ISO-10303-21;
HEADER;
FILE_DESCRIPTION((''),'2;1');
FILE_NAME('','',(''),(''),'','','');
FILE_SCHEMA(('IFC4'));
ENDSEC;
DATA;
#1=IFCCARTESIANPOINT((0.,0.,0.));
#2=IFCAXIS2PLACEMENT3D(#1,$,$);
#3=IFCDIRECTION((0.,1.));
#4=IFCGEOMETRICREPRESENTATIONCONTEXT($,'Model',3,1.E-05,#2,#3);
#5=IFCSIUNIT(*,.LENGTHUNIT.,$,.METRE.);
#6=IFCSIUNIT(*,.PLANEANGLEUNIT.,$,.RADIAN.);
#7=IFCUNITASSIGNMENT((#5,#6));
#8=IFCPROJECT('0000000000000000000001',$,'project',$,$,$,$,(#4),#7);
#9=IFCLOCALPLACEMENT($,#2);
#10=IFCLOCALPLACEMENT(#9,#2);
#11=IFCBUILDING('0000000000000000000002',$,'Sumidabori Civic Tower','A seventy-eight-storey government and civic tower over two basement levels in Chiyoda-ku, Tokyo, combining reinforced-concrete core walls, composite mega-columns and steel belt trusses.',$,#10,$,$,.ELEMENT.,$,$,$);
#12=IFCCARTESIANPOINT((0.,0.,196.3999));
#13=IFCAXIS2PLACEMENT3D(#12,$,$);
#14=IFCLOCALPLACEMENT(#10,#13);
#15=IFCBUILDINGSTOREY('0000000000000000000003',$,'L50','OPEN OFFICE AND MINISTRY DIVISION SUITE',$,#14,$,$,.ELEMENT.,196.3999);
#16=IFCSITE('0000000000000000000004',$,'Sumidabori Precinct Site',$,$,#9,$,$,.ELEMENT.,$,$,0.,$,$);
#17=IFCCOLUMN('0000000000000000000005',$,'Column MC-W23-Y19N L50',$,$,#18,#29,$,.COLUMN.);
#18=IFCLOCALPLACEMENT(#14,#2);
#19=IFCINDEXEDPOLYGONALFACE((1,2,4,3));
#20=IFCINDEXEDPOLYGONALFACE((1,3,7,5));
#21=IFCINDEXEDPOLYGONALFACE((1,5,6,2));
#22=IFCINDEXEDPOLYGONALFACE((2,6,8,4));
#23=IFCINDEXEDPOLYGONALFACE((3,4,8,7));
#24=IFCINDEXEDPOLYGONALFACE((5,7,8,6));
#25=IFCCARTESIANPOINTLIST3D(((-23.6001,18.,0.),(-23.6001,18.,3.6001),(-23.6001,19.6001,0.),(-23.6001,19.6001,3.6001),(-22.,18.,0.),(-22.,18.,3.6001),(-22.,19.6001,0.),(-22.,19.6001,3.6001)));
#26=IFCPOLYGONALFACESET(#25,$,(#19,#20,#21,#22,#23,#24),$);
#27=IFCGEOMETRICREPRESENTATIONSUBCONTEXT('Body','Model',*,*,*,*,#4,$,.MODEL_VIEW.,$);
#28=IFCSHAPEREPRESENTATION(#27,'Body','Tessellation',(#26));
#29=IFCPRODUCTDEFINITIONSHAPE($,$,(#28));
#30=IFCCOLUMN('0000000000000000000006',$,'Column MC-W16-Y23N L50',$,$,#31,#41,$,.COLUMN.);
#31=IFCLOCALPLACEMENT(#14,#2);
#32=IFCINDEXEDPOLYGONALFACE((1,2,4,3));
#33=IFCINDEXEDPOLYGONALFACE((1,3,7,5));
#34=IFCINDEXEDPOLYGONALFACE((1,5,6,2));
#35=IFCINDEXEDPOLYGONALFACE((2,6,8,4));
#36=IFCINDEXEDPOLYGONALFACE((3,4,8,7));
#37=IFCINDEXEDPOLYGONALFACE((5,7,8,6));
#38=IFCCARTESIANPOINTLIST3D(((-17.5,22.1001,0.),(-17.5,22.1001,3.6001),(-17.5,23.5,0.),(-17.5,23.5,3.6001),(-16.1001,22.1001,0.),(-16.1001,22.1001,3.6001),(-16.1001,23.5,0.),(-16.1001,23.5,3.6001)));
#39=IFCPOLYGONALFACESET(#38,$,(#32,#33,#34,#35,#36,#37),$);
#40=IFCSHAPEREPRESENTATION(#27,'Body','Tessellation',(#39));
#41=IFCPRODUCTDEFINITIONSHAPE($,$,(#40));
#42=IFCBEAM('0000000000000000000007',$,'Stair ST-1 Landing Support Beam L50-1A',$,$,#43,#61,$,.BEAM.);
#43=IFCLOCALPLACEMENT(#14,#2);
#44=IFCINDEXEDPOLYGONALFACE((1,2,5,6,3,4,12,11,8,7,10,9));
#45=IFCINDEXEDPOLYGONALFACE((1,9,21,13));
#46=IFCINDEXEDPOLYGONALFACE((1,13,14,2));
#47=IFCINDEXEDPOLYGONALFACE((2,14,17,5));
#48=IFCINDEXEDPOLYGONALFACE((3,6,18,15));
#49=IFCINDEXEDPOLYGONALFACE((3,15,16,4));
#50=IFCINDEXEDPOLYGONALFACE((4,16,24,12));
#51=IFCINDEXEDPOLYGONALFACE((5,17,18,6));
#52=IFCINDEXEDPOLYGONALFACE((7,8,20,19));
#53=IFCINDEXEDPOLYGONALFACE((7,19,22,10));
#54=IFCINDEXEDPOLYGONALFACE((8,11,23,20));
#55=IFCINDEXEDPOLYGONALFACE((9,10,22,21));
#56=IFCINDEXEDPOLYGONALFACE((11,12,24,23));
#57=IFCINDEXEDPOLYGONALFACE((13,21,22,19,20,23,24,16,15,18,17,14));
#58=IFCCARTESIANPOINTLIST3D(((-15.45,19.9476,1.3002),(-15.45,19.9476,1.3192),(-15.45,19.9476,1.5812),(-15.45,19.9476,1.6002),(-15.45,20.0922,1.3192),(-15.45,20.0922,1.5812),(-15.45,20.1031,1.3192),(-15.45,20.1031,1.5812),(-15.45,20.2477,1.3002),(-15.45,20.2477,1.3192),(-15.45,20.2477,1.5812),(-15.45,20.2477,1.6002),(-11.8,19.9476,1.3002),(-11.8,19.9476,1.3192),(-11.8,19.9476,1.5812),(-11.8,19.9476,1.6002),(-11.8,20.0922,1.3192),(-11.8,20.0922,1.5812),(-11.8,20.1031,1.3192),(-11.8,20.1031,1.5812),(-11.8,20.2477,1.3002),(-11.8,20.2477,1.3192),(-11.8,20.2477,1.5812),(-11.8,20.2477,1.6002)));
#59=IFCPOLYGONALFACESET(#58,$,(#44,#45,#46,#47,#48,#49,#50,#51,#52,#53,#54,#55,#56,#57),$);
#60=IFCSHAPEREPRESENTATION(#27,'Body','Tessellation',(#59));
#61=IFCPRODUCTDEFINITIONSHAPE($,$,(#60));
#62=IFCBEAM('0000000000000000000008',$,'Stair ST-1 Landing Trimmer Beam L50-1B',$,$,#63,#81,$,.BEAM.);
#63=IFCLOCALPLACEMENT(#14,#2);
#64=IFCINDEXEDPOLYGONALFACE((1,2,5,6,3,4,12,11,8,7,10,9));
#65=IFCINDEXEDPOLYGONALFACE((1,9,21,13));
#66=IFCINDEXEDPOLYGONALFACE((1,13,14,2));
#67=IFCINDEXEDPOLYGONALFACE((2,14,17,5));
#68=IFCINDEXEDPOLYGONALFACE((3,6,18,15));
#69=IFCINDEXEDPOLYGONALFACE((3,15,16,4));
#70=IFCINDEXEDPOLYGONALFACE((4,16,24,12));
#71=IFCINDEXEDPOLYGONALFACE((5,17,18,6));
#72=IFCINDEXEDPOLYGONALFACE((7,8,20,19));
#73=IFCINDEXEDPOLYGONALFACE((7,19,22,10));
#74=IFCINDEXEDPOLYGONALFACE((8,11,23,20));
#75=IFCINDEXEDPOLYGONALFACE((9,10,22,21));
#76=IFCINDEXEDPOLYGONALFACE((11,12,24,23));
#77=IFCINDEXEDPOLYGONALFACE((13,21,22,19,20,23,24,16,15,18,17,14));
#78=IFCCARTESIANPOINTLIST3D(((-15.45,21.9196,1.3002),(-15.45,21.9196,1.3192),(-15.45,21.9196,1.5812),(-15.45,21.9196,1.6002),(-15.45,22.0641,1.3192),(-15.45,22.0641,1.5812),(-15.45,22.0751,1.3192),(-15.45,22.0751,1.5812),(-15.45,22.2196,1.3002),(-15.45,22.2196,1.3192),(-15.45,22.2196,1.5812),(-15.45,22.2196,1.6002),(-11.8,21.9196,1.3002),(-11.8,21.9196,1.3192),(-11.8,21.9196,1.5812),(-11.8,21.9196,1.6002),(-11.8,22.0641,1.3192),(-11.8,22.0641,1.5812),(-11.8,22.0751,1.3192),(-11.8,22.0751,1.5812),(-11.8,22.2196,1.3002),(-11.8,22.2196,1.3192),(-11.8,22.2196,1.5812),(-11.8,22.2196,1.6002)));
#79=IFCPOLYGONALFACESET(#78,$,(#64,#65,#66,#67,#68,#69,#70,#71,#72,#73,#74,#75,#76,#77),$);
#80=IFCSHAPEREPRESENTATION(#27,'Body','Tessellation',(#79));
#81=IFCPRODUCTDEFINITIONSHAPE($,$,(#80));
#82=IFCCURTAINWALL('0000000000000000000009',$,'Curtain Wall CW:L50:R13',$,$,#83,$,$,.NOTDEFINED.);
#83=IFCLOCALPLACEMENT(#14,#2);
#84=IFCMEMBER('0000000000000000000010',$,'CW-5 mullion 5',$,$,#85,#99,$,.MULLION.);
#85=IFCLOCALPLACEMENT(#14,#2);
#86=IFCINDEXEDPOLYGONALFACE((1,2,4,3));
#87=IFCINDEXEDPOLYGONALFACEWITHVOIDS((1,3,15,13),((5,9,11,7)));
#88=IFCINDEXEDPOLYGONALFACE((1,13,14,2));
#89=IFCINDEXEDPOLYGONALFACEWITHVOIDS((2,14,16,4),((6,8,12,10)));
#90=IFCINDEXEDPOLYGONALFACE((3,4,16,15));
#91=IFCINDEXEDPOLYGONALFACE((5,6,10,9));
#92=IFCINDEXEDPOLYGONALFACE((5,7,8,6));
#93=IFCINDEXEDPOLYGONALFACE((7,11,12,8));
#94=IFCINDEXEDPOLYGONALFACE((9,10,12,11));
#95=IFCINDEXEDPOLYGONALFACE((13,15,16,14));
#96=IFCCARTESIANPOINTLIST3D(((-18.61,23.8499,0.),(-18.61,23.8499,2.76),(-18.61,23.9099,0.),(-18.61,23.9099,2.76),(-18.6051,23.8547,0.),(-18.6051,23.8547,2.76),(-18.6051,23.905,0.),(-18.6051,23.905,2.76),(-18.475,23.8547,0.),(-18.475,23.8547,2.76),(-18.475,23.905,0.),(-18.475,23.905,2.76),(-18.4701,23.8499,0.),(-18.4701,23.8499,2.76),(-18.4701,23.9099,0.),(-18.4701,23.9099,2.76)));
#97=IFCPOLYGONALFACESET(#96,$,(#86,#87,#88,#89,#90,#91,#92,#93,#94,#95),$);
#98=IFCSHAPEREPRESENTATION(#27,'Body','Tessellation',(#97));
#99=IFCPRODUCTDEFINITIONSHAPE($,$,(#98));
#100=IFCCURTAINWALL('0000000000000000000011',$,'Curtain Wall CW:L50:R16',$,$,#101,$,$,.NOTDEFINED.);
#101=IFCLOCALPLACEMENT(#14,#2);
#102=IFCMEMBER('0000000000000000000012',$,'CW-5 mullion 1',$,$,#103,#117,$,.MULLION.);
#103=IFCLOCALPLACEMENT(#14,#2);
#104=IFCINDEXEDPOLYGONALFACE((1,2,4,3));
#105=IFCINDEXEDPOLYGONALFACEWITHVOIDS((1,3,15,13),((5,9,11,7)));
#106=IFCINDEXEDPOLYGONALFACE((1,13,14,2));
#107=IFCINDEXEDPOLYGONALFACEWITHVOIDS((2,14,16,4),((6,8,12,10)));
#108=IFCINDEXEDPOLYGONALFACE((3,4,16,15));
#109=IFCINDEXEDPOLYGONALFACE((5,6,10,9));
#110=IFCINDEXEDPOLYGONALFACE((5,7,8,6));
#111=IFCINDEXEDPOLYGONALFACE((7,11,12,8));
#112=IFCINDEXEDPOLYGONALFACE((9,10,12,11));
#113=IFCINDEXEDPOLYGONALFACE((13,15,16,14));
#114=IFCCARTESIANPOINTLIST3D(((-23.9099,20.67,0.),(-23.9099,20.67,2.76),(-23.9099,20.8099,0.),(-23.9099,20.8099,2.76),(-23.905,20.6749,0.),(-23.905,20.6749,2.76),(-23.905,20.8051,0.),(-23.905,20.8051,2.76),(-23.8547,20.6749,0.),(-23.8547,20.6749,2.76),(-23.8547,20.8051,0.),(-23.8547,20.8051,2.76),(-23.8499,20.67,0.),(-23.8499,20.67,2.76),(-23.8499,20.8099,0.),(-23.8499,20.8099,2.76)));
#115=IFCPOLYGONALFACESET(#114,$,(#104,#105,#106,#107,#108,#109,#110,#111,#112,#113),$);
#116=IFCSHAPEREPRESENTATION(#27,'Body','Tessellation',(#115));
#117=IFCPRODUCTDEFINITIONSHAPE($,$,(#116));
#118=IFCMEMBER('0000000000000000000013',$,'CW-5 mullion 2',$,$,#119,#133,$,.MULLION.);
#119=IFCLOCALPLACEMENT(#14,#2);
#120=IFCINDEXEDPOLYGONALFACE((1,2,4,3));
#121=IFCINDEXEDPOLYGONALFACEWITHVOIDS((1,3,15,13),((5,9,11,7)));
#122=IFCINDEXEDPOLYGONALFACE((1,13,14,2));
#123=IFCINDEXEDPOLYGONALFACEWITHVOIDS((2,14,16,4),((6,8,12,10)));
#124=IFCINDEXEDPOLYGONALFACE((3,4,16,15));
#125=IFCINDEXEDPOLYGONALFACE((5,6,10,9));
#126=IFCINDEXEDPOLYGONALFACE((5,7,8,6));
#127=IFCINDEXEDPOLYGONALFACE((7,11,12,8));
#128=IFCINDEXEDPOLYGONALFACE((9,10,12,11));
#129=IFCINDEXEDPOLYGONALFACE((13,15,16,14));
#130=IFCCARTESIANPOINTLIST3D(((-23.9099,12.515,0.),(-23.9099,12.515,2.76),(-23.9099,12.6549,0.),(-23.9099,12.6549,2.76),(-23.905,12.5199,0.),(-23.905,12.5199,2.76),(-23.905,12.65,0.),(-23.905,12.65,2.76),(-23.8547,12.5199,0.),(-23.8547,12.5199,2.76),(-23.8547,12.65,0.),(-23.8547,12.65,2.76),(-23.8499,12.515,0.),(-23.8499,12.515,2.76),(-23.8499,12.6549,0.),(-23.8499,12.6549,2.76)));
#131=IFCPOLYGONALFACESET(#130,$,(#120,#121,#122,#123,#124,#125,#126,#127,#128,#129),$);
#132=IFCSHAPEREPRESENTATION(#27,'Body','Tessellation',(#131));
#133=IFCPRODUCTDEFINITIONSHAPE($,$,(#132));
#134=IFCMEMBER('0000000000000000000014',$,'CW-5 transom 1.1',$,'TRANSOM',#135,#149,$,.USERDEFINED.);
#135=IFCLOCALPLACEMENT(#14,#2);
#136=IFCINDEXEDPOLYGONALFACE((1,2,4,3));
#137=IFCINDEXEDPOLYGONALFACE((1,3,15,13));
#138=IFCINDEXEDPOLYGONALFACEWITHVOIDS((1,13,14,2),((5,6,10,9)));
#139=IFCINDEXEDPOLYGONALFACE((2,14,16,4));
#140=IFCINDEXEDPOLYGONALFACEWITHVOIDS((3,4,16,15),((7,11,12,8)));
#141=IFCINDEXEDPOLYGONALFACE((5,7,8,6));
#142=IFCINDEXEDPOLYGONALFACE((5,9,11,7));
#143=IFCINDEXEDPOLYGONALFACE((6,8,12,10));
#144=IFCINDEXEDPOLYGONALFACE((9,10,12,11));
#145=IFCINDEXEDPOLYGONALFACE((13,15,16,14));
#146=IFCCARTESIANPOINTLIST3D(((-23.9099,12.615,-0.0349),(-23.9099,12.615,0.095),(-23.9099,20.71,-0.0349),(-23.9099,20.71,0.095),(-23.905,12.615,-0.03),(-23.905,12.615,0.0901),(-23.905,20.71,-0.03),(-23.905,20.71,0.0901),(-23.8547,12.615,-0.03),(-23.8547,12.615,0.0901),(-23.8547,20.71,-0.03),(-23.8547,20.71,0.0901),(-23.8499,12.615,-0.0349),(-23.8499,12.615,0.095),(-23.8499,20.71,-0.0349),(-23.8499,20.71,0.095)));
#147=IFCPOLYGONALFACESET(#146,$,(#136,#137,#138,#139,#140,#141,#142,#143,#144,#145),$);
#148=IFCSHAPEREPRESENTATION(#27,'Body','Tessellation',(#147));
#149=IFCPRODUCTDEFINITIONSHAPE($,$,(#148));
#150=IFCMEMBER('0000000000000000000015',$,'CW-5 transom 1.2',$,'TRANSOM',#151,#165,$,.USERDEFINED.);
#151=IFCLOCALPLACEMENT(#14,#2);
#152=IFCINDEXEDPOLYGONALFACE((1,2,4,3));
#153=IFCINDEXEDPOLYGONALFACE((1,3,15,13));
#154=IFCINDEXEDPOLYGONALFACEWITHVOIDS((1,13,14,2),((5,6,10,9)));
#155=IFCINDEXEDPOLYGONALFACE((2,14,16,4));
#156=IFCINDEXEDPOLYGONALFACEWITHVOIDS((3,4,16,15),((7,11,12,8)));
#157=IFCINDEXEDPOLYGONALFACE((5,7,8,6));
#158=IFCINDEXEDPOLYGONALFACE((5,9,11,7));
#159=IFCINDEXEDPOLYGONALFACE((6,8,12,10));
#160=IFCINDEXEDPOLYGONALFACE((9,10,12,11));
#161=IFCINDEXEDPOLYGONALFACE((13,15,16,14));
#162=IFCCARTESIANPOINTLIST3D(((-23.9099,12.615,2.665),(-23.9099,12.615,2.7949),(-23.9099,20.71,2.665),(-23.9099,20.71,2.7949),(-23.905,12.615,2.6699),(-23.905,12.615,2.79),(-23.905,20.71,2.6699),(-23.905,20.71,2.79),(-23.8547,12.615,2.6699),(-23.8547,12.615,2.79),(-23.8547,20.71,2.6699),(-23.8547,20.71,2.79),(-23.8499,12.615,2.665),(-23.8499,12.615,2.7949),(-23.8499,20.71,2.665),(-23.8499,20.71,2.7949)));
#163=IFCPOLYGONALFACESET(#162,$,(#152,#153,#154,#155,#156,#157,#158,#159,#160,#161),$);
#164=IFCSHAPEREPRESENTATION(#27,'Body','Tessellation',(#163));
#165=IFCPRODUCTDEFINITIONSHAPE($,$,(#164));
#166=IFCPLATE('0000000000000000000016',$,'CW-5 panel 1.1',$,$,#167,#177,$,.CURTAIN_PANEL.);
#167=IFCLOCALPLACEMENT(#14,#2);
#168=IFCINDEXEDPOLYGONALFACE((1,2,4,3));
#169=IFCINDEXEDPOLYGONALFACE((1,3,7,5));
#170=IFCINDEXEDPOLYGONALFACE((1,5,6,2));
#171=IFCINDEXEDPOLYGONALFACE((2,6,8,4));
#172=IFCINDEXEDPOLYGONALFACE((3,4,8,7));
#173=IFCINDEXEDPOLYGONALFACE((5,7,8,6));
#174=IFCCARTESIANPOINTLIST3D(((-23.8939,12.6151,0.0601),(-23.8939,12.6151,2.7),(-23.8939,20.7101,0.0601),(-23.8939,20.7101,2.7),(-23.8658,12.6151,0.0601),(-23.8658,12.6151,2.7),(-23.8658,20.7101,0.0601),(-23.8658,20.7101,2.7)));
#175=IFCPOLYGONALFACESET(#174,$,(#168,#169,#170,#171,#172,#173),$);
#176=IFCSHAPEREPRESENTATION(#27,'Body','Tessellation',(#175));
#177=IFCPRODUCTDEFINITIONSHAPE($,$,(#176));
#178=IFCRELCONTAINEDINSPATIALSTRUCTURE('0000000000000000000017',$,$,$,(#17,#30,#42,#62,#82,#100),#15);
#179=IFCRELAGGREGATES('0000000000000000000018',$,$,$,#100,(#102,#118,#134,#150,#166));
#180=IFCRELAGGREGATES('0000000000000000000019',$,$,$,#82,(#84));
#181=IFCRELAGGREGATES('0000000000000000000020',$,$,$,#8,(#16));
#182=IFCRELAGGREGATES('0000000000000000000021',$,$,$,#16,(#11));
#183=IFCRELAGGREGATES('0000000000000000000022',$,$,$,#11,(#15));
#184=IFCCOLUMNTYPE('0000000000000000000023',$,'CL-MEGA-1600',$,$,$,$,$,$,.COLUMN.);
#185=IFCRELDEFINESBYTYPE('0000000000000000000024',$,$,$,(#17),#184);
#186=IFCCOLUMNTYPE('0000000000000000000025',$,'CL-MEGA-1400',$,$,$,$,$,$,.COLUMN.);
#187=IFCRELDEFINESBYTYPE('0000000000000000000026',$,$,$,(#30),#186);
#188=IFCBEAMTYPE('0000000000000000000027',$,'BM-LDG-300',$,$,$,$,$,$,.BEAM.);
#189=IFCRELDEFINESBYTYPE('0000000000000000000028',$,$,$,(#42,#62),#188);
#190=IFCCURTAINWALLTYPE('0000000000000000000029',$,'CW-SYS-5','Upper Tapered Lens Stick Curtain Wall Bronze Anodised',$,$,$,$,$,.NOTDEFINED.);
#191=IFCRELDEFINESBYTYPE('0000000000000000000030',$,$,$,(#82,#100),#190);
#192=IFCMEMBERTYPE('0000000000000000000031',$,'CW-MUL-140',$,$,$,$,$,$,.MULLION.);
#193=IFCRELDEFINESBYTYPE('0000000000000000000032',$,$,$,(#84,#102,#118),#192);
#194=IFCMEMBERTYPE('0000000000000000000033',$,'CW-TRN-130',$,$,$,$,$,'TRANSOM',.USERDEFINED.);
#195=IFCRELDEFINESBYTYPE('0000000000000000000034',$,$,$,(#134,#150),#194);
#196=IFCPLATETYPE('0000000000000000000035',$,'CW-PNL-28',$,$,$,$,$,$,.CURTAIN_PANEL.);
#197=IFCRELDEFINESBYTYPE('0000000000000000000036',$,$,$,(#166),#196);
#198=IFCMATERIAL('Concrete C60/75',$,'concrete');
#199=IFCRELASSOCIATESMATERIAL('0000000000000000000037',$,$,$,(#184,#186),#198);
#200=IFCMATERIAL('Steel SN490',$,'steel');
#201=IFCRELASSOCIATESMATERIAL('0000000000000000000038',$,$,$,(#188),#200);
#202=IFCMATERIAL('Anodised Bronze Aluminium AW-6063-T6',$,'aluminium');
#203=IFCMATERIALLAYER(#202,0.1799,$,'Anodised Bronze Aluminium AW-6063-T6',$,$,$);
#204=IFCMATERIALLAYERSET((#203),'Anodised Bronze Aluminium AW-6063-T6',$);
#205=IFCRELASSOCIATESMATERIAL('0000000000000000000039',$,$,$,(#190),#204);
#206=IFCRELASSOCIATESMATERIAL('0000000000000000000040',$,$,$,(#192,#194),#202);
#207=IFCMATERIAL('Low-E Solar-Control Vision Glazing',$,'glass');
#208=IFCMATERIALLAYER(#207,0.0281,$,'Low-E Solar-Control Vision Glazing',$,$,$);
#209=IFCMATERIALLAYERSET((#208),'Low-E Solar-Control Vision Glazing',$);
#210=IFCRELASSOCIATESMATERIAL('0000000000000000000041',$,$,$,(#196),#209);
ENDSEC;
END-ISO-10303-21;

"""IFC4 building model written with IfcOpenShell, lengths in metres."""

from ifc_helpers import new_model, si_unit, direction, frame, origin, origin_2d, place, context, subcontext, project, spatial, rectangle, hollow_rectangle, i_section, extrude, source, transform, mapped, material, layer, layer_set, material_profile, profile_set, type_object, element, aggregate, save


model = new_model("IFC4")

# Units and contexts
model_context = context("Model", 3, precision=1e-05, world=origin(), true_north=direction((0.0, 1.0)))
body_context = subcontext(model_context, "Body", "Model", "MODEL_VIEW")
ifc_project = project(units=[si_unit("LENGTHUNIT", "METRE"), si_unit("PLANEANGLEUNIT", "RADIAN")], contexts=[model_context])

# Site, building, storey
site_placement = place(None, origin())
site = spatial("IfcSite", under=ifc_project, at=site_placement, Name="Sumidabori Precinct Site", CompositionType="ELEMENT", RefElevation=0.0)
building_placement = place(site_placement, origin())
building = spatial("IfcBuilding", under=site, at=building_placement, Name="Sumidabori Civic Tower", Description="A seventy-eight-storey government and civic tower over two basement levels in Chiyoda-ku, Tokyo, combining reinforced-concrete core walls, composite mega-columns and steel belt trusses.", CompositionType="ELEMENT")
storey_placement = place(building_placement, frame((0.0, 0.0, 196.3999)))
storey = spatial("IfcBuildingStorey", under=building, at=storey_placement, Name="L50", Description="OPEN OFFICE AND MINISTRY DIVISION SUITE", CompositionType="ELEMENT", Elevation=196.3999)

# Columns
ifc_material_1 = material(Name="Concrete C60/75", Category="concrete")
ifc_material_profile_1 = material_profile(ifc_material_1, rectangle(XDim=1.6001, YDim=1.6001, at=origin_2d()), Name="RC 1600x1600")
ifc_profile_set_1 = profile_set([ifc_material_profile_1], Name="Concrete C60/75")
column_type_1 = type_object("IfcColumnType", Name="CL-MEGA-1600", PredefinedType="COLUMN", material=ifc_profile_set_1)
shared_shape_1 = source(origin(), body_context, "Body", "SweptSolid", [
    extrude(rectangle(XDim=1.6001, YDim=1.6001, at=origin_2d()), origin(), (0.0, 0.0, 1.0), 3.6001),
])
column_1_placement = place(storey_placement, frame((-22.8, 18.8, 0.0), z_axis=(0.0, 0.0, 1.0), x_axis=(1.0, 0.0, 0.0)))
element("IfcColumn", 1, at=column_1_placement, inside=storey, type_object=column_type_1, Name="Column MC-W23-Y19N L50", PredefinedType="COLUMN", context=body_context, shape_type="MappedRepresentation", body=[
    mapped(shared_shape_1, transform((0.0, 0.0, 0.0), x_axis=(1.0, 0.0, 0.0), y_axis=(0.0, 1.0, 0.0), z_axis=(0.0, 0.0, 1.0), scale=1.0)),
])
ifc_material_profile_2 = material_profile(ifc_material_1, rectangle(XDim=1.3999, YDim=1.3999, at=origin_2d()), Name="RC 1400x1400")
ifc_profile_set_2 = profile_set([ifc_material_profile_2], Name="Concrete C60/75")
column_type_2 = type_object("IfcColumnType", Name="CL-MEGA-1400", PredefinedType="COLUMN", material=ifc_profile_set_2)
shared_shape_2 = source(origin(), body_context, "Body", "SweptSolid", [
    extrude(rectangle(XDim=1.3999, YDim=1.3999, at=origin_2d()), origin(), (0.0, 0.0, 1.0), 3.6001),
])
column_2_placement = place(storey_placement, frame((-16.8, 22.8, 0.0), z_axis=(0.0, 0.0, 1.0), x_axis=(1.0, 0.0, 0.0)))
element("IfcColumn", 2, at=column_2_placement, inside=storey, type_object=column_type_2, Name="Column MC-W16-Y23N L50", PredefinedType="COLUMN", context=body_context, shape_type="MappedRepresentation", body=[
    mapped(shared_shape_2, transform((0.0, 0.0, 0.0), x_axis=(1.0, 0.0, 0.0), y_axis=(0.0, 1.0, 0.0), z_axis=(0.0, 0.0, 1.0), scale=1.0)),
])

# Beams
ifc_material_2 = material(Name="Steel SN490", Category="steel")
ifc_material_profile_3 = material_profile(ifc_material_2, i_section(OverallWidth=0.3, OverallDepth=0.3, WebThickness=0.011, FlangeThickness=0.019, at=origin_2d()), Name="HE 300 B")
ifc_profile_set_3 = profile_set([ifc_material_profile_3], Name="Steel SN490")
beam_type = type_object("IfcBeamType", Name="BM-LDG-300", PredefinedType="BEAM", material=ifc_profile_set_3)
shared_shape_3 = source(origin(), body_context, "Body", "SweptSolid", [
    extrude(i_section(OverallWidth=0.3, OverallDepth=0.3, WebThickness=0.011, FlangeThickness=0.019, at=origin_2d()), origin(), (0.0, 0.0, 1.0), 3.6499),
])
for number, where, z_axis, x_axis, name in (
    (3, (-15.45, 20.0977, 1.4502), (1.0, 0.0, 0.0), (0.0, 1.0, 0.0), "Stair ST-1 Landing Support Beam L50-1A"),
    (4, (-15.45, 22.0696, 1.4502), (1.0, 0.0, 0.0), (0.0, 1.0, 0.0), "Stair ST-1 Landing Trimmer Beam L50-1B"),
):
    element("IfcBeam", number, at=place(storey_placement, frame(where, z_axis=z_axis, x_axis=x_axis)), inside=storey, type_object=beam_type, Name=name, PredefinedType="BEAM", context=body_context, shape_type="MappedRepresentation", body=[
        mapped(shared_shape_3, transform((0.0, 0.0, 0.0), x_axis=(1.0, 0.0, 0.0), y_axis=(0.0, 1.0, 0.0), z_axis=(0.0, 0.0, 1.0), scale=1.0)),
    ])

# Curtain wall, member
ifc_material_3 = material(Name="Anodised Bronze Aluminium AW-6063-T6", Category="aluminium")
ifc_layer_1 = layer(ifc_material_3, 0.1799, Name="Anodised Bronze Aluminium AW-6063-T6")
ifc_layer_set_1 = layer_set([ifc_layer_1], Name="Anodised Bronze Aluminium AW-6063-T6")
curtain_wall_type = type_object("IfcCurtainWallType", Name="CW-SYS-5", Description="Upper Tapered Lens Stick Curtain Wall Bronze Anodised", PredefinedType="NOTDEFINED", material=ifc_layer_set_1)
curtain_wall_1_placement = place(storey_placement, origin())
curtain_wall_1 = element("IfcCurtainWall", 5, at=curtain_wall_1_placement, inside=storey, type_object=curtain_wall_type, Name="Curtain Wall CW:L50:R13", PredefinedType="NOTDEFINED")
ifc_material_profile_4 = material_profile(ifc_material_3, hollow_rectangle(XDim=0.0601, YDim=0.1399, WallThickness=0.0049, at=origin_2d()), Name="ALU MULLION 140x60")
ifc_profile_set_4 = profile_set([ifc_material_profile_4], Name="Anodised Bronze Aluminium AW-6063-T6")
member_type_1 = type_object("IfcMemberType", Name="CW-MUL-140", PredefinedType="MULLION", material=ifc_profile_set_4)
shared_shape_4 = source(origin(), body_context, "Body", "SweptSolid", [
    extrude(hollow_rectangle(XDim=0.0601, YDim=0.1399, WallThickness=0.0049, at=origin_2d()), origin(), (0.0, 0.0, 1.0), 2.76),
])
member_1_placement = place(storey_placement, frame((-18.54, 23.8799, 0.0), z_axis=(0.0, 0.0, 1.0), x_axis=(0.0, -1.0, 0.0)))
member_1 = element("IfcMember", 6, at=member_1_placement, type_object=member_type_1, Name="CW-5 mullion 5", PredefinedType="MULLION", context=body_context, shape_type="MappedRepresentation", body=[
    mapped(shared_shape_4, transform((0.0, 0.0, 0.0), x_axis=(1.0, 0.0, 0.0), y_axis=(0.0, 1.0, 0.0), z_axis=(0.0, 0.0, 1.0), scale=1.0)),
])

# Curtain wall, members, plate
curtain_wall_2_placement = place(storey_placement, origin())
curtain_wall_2 = element("IfcCurtainWall", 7, at=curtain_wall_2_placement, inside=storey, type_object=curtain_wall_type, Name="Curtain Wall CW:L50:R16", PredefinedType="NOTDEFINED")
member_2_placement = place(storey_placement, frame((-23.8799, 20.74, 0.0), z_axis=(0.0, 0.0, 1.0), x_axis=(1.0, 0.0, 0.0)))
member_2 = element("IfcMember", 8, at=member_2_placement, type_object=member_type_1, Name="CW-5 mullion 1", PredefinedType="MULLION", context=body_context, shape_type="MappedRepresentation", body=[
    mapped(shared_shape_4, transform((0.0, 0.0, 0.0), x_axis=(1.0, 0.0, 0.0), y_axis=(0.0, 1.0, 0.0), z_axis=(0.0, 0.0, 1.0), scale=1.0)),
])
member_3_placement = place(storey_placement, frame((-23.8799, 12.585, 0.0), z_axis=(0.0, 0.0, 1.0), x_axis=(1.0, 0.0, 0.0)))
member_3 = element("IfcMember", 9, at=member_3_placement, type_object=member_type_1, Name="CW-5 mullion 2", PredefinedType="MULLION", context=body_context, shape_type="MappedRepresentation", body=[
    mapped(shared_shape_4, transform((0.0, 0.0, 0.0), x_axis=(1.0, 0.0, 0.0), y_axis=(0.0, 1.0, 0.0), z_axis=(0.0, 0.0, 1.0), scale=1.0)),
])
ifc_material_profile_5 = material_profile(ifc_material_3, hollow_rectangle(XDim=0.0601, YDim=0.1299, WallThickness=0.0049, at=origin_2d()), Name="ALU TRANSOM 130x60")
ifc_profile_set_5 = profile_set([ifc_material_profile_5], Name="Anodised Bronze Aluminium AW-6063-T6")
member_type_2 = type_object("IfcMemberType", Name="CW-TRN-130", ElementType="TRANSOM", PredefinedType="USERDEFINED", material=ifc_profile_set_5)
shared_shape_5 = source(origin(), body_context, "Body", "SweptSolid", [
    extrude(hollow_rectangle(XDim=0.0601, YDim=0.1299, WallThickness=0.0049, at=origin_2d()), origin(), (0.0, 0.0, 1.0), 8.095),
])
member_4_placement = place(storey_placement, frame((-23.8799, 20.71, 0.03), z_axis=(0.0, -1.0, 0.0), x_axis=(1.0, 0.0, 0.0)))
member_4 = element("IfcMember", 10, at=member_4_placement, type_object=member_type_2, Name="CW-5 transom 1.1", ObjectType="TRANSOM", PredefinedType="USERDEFINED", context=body_context, shape_type="MappedRepresentation", body=[
    mapped(shared_shape_5, transform((0.0, 0.0, 0.0), x_axis=(1.0, 0.0, 0.0), y_axis=(0.0, 1.0, 0.0), z_axis=(0.0, 0.0, 1.0), scale=1.0)),
])
member_5_placement = place(storey_placement, frame((-23.8799, 20.71, 2.73), z_axis=(0.0, -1.0, 0.0), x_axis=(1.0, 0.0, 0.0)))
member_5 = element("IfcMember", 11, at=member_5_placement, type_object=member_type_2, Name="CW-5 transom 1.2", ObjectType="TRANSOM", PredefinedType="USERDEFINED", context=body_context, shape_type="MappedRepresentation", body=[
    mapped(shared_shape_5, transform((0.0, 0.0, 0.0), x_axis=(1.0, 0.0, 0.0), y_axis=(0.0, 1.0, 0.0), z_axis=(0.0, 0.0, 1.0), scale=1.0)),
])
ifc_material_4 = material(Name="Low-E Solar-Control Vision Glazing", Category="glass")
ifc_layer_2 = layer(ifc_material_4, 0.0281, Name="Low-E Solar-Control Vision Glazing")
ifc_layer_set_2 = layer_set([ifc_layer_2], Name="Low-E Solar-Control Vision Glazing")
plate_type = type_object("IfcPlateType", Name="CW-PNL-28", PredefinedType="CURTAIN_PANEL", material=ifc_layer_set_2)
shared_shape_6 = source(origin(), body_context, "Body", "SweptSolid", [
    extrude(rectangle(XDim=8.095, YDim=0.0281, at=origin_2d()), origin(), (0.0, 0.0, 1.0), 2.6399),
])
plate_1_placement = place(storey_placement, frame((-23.8799, 16.6626, 0.0601), z_axis=(0.0, 0.0, 1.0), x_axis=(0.0, -1.0, 0.0)))
plate_1 = element("IfcPlate", 12, at=plate_1_placement, type_object=plate_type, Name="CW-5 panel 1.1", PredefinedType="CURTAIN_PANEL", context=body_context, shape_type="MappedRepresentation", body=[
    mapped(shared_shape_6, transform((0.0, 0.0, 0.0), x_axis=(1.0, 0.0, 0.0), y_axis=(0.0, 1.0, 0.0), z_axis=(0.0, 0.0, 1.0), scale=1.0)),
])
aggregate(curtain_wall_2, [member_2, member_3, member_4, member_5, plate_1])

aggregate(curtain_wall_1, [member_1])

save(model, "model.ifc")
